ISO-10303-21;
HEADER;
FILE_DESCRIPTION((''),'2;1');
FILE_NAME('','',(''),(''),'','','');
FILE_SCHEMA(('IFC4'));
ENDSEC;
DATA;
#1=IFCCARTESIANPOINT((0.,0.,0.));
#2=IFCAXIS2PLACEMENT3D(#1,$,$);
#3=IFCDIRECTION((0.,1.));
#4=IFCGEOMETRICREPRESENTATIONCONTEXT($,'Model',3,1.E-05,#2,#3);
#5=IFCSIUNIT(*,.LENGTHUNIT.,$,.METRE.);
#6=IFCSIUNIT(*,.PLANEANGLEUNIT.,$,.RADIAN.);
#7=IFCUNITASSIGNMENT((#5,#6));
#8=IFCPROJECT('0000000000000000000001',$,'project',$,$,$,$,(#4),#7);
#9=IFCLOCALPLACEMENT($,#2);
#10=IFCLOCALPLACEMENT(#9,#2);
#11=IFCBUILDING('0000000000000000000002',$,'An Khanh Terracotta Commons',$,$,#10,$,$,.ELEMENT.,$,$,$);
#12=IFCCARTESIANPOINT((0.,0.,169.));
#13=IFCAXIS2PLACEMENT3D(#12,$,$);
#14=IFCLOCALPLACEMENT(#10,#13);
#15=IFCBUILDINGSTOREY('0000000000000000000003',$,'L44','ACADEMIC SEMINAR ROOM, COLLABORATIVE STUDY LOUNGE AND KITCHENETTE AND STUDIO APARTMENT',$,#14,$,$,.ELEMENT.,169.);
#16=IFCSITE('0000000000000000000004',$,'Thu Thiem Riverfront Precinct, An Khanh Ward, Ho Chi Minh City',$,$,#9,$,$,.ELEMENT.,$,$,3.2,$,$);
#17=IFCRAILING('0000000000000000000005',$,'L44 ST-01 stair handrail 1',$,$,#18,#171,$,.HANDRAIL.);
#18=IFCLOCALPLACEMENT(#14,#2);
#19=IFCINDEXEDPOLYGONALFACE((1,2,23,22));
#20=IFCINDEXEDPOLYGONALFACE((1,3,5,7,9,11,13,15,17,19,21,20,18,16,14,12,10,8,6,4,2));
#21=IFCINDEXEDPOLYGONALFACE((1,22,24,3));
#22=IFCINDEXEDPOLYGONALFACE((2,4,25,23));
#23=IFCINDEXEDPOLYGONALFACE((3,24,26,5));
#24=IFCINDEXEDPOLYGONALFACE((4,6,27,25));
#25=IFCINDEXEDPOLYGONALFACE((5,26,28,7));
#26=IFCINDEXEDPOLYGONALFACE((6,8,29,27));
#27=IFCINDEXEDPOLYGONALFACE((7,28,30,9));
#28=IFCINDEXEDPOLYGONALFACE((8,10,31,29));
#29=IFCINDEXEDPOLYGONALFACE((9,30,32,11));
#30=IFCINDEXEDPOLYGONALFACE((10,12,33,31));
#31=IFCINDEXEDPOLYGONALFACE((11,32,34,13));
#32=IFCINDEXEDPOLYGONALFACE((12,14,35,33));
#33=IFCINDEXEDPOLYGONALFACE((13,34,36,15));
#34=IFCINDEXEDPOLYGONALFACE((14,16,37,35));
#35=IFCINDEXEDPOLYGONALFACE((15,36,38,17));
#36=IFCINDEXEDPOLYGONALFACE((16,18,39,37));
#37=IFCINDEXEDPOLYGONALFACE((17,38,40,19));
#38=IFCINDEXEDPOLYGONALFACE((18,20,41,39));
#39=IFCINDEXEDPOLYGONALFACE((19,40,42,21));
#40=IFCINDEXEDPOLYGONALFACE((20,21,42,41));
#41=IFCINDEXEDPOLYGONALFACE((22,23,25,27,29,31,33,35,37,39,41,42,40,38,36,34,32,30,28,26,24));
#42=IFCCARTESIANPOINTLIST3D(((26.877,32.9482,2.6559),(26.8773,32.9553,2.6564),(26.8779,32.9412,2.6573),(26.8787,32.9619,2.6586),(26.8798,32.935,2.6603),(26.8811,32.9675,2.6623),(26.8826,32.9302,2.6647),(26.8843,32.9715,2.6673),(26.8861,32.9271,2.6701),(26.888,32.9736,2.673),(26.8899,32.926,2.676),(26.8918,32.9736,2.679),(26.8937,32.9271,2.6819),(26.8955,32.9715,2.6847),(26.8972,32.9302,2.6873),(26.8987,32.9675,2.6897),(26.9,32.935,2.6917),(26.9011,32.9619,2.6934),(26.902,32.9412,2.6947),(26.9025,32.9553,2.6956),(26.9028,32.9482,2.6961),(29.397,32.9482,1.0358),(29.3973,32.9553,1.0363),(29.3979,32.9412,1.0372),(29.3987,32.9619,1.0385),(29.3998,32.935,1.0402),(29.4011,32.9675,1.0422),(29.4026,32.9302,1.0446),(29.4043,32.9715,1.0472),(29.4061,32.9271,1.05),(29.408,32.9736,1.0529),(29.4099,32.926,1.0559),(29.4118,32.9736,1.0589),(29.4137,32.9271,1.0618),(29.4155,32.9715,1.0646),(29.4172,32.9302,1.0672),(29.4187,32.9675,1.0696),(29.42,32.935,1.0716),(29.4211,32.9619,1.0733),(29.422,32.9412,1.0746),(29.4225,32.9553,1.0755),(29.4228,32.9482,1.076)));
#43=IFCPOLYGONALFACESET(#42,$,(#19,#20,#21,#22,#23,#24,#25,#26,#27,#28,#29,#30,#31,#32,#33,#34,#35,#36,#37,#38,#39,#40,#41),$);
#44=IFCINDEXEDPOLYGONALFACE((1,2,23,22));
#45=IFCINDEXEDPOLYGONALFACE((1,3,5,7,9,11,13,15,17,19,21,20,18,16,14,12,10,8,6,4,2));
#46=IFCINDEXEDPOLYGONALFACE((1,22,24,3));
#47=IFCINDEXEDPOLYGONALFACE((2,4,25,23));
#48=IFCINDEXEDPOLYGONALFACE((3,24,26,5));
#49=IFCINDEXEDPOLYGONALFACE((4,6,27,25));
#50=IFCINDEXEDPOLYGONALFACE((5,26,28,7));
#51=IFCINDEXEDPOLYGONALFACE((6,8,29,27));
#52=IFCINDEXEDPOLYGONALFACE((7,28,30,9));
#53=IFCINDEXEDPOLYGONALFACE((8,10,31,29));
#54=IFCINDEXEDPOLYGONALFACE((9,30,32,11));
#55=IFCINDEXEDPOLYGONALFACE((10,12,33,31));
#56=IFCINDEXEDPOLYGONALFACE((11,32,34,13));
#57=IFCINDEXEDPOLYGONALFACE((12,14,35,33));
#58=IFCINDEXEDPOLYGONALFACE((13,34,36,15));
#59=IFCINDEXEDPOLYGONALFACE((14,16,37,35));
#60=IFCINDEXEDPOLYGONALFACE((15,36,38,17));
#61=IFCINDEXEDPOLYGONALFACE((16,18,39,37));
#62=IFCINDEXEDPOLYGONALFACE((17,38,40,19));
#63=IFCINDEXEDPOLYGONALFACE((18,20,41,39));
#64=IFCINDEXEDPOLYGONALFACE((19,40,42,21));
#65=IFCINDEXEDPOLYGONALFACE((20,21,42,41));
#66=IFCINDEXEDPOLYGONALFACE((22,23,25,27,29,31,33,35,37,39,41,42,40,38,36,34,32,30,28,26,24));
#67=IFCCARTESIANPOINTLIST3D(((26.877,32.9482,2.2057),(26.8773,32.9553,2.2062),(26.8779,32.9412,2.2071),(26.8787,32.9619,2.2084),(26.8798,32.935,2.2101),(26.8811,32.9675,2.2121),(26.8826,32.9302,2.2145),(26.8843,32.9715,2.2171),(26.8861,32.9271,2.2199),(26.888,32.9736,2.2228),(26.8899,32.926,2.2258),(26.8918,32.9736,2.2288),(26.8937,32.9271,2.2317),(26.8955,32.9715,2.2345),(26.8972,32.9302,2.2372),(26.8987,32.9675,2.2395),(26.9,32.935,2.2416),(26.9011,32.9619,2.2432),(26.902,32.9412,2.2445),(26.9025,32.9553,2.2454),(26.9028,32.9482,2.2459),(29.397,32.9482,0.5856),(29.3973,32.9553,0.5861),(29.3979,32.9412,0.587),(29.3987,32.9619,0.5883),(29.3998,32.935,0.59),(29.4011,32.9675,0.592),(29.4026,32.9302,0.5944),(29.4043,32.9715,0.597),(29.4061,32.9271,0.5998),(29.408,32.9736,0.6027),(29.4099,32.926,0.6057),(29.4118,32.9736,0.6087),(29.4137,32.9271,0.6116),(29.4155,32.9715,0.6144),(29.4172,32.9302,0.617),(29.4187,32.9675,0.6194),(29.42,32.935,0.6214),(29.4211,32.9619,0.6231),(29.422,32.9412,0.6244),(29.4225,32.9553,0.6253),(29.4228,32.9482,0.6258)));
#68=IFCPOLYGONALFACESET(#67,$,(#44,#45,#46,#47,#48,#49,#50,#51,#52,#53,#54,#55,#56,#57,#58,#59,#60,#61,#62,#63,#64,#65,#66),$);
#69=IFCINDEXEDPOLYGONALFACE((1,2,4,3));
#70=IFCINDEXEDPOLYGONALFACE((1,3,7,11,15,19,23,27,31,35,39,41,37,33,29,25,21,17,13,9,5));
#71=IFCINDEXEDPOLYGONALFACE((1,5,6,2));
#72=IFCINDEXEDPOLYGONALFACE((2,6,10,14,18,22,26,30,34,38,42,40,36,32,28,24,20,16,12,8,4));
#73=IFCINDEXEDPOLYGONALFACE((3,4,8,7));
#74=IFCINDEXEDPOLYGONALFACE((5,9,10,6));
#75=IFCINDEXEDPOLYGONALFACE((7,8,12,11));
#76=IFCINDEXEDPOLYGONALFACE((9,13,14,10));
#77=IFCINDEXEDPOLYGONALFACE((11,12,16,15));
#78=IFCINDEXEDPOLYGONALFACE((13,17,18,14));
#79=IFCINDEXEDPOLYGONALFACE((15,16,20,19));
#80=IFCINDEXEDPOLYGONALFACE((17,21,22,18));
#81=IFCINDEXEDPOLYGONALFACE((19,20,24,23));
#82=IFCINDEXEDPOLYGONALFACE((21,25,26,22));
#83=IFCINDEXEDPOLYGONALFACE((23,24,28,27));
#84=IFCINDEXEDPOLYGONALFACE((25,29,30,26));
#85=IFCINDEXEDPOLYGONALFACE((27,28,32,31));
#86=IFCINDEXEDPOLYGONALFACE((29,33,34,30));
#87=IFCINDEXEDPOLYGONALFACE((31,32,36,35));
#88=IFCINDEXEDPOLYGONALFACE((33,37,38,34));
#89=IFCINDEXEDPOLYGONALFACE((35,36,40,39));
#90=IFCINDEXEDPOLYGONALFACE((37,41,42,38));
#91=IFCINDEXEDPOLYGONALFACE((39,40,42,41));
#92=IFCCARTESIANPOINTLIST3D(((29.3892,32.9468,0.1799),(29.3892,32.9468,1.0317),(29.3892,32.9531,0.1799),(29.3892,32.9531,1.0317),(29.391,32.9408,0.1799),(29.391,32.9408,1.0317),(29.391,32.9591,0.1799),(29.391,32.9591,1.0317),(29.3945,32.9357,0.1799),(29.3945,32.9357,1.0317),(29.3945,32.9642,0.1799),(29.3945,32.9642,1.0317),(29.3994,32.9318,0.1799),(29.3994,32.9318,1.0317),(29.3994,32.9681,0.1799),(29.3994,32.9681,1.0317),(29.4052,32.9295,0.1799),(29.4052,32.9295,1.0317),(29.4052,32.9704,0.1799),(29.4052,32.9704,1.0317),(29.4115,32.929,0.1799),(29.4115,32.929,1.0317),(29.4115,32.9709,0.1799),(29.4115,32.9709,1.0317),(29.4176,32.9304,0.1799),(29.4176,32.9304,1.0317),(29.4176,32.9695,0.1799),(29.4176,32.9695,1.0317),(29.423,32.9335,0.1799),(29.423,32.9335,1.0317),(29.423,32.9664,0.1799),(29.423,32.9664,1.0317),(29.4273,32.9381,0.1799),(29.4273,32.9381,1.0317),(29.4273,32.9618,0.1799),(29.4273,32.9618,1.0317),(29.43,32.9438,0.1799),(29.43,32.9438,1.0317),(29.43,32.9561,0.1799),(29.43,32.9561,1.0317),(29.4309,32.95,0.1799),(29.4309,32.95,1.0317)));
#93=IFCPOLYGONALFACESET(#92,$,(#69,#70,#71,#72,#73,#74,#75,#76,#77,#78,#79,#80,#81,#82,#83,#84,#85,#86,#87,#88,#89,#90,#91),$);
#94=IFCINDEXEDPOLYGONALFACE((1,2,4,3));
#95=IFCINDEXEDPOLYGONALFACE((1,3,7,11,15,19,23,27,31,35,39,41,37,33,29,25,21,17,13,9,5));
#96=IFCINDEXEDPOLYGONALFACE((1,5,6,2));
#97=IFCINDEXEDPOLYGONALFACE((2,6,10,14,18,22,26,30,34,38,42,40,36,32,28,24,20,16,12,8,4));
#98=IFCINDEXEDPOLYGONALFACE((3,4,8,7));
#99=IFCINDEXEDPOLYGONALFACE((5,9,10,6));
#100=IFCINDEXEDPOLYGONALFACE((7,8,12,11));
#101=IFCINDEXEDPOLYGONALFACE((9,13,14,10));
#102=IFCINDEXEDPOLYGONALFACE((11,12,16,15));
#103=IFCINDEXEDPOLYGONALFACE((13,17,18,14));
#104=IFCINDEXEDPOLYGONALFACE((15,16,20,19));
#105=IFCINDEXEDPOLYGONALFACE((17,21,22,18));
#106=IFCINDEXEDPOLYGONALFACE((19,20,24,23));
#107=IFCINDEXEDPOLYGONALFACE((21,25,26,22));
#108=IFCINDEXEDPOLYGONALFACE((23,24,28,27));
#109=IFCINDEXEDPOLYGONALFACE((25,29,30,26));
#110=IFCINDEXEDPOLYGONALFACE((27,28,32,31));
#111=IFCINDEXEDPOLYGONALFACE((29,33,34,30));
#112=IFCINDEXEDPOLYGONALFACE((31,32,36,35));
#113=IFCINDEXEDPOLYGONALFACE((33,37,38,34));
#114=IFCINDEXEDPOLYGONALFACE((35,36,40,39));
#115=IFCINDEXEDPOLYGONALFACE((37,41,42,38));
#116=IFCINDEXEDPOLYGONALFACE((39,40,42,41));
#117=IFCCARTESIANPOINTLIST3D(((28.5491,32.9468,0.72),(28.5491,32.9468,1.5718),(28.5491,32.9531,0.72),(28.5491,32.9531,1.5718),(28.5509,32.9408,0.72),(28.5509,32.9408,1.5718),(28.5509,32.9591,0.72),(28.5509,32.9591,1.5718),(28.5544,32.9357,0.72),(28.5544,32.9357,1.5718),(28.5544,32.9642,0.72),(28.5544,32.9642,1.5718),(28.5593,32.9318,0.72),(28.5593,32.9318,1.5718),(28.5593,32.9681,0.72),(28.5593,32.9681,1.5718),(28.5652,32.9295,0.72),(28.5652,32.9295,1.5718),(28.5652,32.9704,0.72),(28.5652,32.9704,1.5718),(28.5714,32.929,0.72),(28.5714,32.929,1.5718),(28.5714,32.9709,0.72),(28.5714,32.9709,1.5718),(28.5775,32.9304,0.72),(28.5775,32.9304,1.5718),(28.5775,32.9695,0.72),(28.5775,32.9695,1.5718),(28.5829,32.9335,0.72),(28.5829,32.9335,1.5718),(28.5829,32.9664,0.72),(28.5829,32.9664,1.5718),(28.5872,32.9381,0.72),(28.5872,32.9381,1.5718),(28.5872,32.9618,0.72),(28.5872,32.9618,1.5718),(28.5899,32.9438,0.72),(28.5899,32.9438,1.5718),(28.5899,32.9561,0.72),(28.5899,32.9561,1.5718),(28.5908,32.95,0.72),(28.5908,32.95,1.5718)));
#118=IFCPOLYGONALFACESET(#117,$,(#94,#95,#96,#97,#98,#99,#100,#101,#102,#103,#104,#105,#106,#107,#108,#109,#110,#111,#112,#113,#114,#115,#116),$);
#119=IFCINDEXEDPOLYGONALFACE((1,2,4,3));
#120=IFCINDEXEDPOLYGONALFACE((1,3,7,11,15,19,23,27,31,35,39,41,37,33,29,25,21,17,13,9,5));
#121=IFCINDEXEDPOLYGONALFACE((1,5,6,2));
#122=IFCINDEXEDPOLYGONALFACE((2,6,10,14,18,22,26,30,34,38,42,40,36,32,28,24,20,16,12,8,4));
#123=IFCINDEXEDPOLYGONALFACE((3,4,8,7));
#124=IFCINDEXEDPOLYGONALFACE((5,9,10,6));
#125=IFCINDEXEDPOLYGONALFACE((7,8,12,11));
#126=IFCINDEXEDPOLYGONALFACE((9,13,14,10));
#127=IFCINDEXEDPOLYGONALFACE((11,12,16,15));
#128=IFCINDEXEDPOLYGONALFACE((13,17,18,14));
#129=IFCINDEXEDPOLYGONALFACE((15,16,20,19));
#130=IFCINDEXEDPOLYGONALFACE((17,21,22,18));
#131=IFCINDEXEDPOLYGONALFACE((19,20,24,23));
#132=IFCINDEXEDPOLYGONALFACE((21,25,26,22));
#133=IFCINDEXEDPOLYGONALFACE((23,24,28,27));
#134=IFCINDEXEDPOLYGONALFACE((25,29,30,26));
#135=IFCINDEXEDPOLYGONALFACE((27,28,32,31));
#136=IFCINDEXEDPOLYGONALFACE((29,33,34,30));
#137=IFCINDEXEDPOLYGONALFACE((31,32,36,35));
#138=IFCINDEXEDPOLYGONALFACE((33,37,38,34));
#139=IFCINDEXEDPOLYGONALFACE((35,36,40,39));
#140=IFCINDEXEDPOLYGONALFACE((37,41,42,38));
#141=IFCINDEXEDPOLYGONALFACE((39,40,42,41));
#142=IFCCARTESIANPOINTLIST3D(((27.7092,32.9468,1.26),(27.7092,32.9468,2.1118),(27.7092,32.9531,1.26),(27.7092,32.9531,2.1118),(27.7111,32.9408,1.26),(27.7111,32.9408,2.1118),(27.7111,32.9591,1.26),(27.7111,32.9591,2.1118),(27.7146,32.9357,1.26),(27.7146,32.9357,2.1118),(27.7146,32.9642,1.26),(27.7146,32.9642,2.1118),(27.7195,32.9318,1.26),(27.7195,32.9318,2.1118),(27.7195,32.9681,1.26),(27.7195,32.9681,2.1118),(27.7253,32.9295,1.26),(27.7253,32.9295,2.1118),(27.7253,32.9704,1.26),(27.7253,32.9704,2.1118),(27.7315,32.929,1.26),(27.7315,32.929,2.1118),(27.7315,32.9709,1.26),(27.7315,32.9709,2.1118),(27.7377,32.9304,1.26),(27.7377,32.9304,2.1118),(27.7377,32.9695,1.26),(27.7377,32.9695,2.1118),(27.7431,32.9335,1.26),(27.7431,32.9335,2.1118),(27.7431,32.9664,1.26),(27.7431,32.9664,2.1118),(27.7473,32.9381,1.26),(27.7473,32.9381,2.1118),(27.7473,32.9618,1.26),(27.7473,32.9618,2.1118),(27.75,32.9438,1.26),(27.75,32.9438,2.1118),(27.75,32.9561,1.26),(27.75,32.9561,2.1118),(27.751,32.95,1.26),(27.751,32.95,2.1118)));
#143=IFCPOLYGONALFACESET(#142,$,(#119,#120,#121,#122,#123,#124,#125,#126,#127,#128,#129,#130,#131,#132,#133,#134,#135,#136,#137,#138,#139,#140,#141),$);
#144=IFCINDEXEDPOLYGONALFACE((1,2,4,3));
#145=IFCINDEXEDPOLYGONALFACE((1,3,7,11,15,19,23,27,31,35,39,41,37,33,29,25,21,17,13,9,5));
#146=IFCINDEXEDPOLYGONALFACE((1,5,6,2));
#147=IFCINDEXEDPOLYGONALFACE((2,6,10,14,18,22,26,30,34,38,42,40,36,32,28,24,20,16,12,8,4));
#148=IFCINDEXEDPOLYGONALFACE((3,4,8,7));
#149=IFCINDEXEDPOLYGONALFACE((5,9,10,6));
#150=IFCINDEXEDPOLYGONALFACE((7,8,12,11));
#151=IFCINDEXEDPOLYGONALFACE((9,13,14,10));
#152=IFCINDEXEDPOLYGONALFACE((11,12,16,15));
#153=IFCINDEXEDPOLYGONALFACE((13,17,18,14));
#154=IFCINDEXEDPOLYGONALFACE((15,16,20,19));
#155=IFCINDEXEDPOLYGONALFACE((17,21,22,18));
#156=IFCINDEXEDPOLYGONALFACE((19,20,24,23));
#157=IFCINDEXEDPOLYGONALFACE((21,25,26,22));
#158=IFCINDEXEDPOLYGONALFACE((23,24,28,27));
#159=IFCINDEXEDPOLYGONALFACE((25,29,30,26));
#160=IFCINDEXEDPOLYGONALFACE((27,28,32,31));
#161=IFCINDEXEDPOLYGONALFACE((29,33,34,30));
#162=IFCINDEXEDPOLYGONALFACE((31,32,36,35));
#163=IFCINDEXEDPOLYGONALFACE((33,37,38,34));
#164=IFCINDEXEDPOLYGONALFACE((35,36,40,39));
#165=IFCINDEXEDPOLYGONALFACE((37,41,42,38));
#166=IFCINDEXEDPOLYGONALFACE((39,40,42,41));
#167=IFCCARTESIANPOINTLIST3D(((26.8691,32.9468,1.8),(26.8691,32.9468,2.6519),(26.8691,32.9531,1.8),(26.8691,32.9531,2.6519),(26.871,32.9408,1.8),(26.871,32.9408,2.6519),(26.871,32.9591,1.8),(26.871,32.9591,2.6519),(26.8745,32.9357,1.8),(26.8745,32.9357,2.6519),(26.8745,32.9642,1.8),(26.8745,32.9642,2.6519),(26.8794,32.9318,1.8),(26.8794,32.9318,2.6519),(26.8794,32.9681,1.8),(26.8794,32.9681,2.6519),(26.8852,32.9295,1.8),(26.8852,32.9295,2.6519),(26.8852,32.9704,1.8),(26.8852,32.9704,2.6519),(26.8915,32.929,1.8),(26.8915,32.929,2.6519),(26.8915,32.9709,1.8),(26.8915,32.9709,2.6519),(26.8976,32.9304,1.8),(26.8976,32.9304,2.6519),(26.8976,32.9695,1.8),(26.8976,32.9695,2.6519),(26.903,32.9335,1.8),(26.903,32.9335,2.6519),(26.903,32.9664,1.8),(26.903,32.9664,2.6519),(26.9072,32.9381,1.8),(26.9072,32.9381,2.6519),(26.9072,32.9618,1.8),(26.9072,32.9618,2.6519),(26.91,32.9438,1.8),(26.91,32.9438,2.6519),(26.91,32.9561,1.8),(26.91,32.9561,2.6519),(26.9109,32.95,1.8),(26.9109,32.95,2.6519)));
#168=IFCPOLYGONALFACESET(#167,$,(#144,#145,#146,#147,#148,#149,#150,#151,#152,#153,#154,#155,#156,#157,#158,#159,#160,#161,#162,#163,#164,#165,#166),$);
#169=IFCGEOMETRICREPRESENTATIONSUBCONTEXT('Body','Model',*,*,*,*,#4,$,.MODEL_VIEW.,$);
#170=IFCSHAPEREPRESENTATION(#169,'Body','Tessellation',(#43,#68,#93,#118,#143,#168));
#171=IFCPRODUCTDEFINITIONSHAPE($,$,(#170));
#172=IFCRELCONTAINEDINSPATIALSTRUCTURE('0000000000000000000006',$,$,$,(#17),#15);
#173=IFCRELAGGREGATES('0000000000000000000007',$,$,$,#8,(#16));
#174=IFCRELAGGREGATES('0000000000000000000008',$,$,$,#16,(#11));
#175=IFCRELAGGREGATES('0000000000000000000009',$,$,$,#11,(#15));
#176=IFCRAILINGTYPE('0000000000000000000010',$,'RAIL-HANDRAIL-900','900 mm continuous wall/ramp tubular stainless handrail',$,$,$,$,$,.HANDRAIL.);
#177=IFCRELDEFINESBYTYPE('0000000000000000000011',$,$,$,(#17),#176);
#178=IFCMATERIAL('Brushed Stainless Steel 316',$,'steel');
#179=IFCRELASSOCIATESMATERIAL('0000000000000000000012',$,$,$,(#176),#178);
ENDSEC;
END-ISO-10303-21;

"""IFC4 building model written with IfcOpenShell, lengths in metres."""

from ifc_helpers import new_model, si_unit, direction, frame, origin, origin_2d, place, context, subcontext, project, spatial, circle, extrude, material, type_object, element, save


model = new_model("IFC4")

# Units and contexts
model_context = context("Model", 3, precision=1e-05, world=origin(), true_north=direction((0.0, 1.0)))
body_context = subcontext(model_context, "Body", "Model", "MODEL_VIEW")
ifc_project = project(units=[si_unit("LENGTHUNIT", "METRE"), si_unit("PLANEANGLEUNIT", "RADIAN")], contexts=[model_context])

# Site, building, storey
site_placement = place(None, origin())
site = spatial("IfcSite", under=ifc_project, at=site_placement, Name="Thu Thiem Riverfront Precinct, An Khanh Ward, Ho Chi Minh City", CompositionType="ELEMENT", RefElevation=3.2)
building_placement = place(site_placement, origin())
building = spatial("IfcBuilding", under=site, at=building_placement, Name="An Khanh Terracotta Commons", CompositionType="ELEMENT")
storey_placement = place(building_placement, frame((0.0, 0.0, 169.0)))
storey = spatial("IfcBuildingStorey", under=building, at=storey_placement, Name="L44", Description="ACADEMIC SEMINAR ROOM, COLLABORATIVE STUDY LOUNGE AND KITCHENETTE AND STUDIO APARTMENT", CompositionType="ELEMENT", Elevation=169.0)

# Railing
ifc_material_1 = material(Name="Brushed Stainless Steel 316", Category="steel")
railing_type_1 = type_object("IfcRailingType", Name="RAIL-HANDRAIL-900", Description="900 mm continuous wall/ramp tubular stainless handrail", PredefinedType="HANDRAIL", material=ifc_material_1)
railing_1_placement = place(storey_placement, frame((29.4099, 32.95, 0.1799)))
element("IfcRailing", 1, at=railing_1_placement, inside=storey, type_object=railing_type_1, Name="L44 ST-01 stair handrail 1", PredefinedType="HANDRAIL", context=body_context, shape_type="SweptSolid", body=[
    extrude(circle(Radius=0.0239, at=origin_2d()), frame((0.0, 0.0, 0.876), z_axis=(-0.841163, 0.0, 0.540782), x_axis=(0.0, -1.0, 0.0)), (0.0, 0.0, 1.0), 2.9958),
    extrude(circle(Radius=0.0239, at=origin_2d()), frame((0.0, 0.0, 0.4258), z_axis=(-0.841163, 0.0, 0.540782), x_axis=(0.0, -1.0, 0.0)), (0.0, 0.0, 1.0), 2.9958),
    extrude(circle(Radius=0.021, at=origin_2d()), origin(), (0.0, 0.0, 1.0), 0.8518),
    extrude(circle(Radius=0.021, at=origin_2d()), frame((-0.8401, 0.0, 0.54)), (0.0, 0.0, 1.0), 0.8518),
    extrude(circle(Radius=0.021, at=origin_2d()), frame((-1.6799, 0.0, 1.0801)), (0.0, 0.0, 1.0), 0.8518),
    extrude(circle(Radius=0.021, at=origin_2d()), frame((-2.52, 0.0, 1.6201)), (0.0, 0.0, 1.0), 0.8518),
])

save(model, "model.ifc")
